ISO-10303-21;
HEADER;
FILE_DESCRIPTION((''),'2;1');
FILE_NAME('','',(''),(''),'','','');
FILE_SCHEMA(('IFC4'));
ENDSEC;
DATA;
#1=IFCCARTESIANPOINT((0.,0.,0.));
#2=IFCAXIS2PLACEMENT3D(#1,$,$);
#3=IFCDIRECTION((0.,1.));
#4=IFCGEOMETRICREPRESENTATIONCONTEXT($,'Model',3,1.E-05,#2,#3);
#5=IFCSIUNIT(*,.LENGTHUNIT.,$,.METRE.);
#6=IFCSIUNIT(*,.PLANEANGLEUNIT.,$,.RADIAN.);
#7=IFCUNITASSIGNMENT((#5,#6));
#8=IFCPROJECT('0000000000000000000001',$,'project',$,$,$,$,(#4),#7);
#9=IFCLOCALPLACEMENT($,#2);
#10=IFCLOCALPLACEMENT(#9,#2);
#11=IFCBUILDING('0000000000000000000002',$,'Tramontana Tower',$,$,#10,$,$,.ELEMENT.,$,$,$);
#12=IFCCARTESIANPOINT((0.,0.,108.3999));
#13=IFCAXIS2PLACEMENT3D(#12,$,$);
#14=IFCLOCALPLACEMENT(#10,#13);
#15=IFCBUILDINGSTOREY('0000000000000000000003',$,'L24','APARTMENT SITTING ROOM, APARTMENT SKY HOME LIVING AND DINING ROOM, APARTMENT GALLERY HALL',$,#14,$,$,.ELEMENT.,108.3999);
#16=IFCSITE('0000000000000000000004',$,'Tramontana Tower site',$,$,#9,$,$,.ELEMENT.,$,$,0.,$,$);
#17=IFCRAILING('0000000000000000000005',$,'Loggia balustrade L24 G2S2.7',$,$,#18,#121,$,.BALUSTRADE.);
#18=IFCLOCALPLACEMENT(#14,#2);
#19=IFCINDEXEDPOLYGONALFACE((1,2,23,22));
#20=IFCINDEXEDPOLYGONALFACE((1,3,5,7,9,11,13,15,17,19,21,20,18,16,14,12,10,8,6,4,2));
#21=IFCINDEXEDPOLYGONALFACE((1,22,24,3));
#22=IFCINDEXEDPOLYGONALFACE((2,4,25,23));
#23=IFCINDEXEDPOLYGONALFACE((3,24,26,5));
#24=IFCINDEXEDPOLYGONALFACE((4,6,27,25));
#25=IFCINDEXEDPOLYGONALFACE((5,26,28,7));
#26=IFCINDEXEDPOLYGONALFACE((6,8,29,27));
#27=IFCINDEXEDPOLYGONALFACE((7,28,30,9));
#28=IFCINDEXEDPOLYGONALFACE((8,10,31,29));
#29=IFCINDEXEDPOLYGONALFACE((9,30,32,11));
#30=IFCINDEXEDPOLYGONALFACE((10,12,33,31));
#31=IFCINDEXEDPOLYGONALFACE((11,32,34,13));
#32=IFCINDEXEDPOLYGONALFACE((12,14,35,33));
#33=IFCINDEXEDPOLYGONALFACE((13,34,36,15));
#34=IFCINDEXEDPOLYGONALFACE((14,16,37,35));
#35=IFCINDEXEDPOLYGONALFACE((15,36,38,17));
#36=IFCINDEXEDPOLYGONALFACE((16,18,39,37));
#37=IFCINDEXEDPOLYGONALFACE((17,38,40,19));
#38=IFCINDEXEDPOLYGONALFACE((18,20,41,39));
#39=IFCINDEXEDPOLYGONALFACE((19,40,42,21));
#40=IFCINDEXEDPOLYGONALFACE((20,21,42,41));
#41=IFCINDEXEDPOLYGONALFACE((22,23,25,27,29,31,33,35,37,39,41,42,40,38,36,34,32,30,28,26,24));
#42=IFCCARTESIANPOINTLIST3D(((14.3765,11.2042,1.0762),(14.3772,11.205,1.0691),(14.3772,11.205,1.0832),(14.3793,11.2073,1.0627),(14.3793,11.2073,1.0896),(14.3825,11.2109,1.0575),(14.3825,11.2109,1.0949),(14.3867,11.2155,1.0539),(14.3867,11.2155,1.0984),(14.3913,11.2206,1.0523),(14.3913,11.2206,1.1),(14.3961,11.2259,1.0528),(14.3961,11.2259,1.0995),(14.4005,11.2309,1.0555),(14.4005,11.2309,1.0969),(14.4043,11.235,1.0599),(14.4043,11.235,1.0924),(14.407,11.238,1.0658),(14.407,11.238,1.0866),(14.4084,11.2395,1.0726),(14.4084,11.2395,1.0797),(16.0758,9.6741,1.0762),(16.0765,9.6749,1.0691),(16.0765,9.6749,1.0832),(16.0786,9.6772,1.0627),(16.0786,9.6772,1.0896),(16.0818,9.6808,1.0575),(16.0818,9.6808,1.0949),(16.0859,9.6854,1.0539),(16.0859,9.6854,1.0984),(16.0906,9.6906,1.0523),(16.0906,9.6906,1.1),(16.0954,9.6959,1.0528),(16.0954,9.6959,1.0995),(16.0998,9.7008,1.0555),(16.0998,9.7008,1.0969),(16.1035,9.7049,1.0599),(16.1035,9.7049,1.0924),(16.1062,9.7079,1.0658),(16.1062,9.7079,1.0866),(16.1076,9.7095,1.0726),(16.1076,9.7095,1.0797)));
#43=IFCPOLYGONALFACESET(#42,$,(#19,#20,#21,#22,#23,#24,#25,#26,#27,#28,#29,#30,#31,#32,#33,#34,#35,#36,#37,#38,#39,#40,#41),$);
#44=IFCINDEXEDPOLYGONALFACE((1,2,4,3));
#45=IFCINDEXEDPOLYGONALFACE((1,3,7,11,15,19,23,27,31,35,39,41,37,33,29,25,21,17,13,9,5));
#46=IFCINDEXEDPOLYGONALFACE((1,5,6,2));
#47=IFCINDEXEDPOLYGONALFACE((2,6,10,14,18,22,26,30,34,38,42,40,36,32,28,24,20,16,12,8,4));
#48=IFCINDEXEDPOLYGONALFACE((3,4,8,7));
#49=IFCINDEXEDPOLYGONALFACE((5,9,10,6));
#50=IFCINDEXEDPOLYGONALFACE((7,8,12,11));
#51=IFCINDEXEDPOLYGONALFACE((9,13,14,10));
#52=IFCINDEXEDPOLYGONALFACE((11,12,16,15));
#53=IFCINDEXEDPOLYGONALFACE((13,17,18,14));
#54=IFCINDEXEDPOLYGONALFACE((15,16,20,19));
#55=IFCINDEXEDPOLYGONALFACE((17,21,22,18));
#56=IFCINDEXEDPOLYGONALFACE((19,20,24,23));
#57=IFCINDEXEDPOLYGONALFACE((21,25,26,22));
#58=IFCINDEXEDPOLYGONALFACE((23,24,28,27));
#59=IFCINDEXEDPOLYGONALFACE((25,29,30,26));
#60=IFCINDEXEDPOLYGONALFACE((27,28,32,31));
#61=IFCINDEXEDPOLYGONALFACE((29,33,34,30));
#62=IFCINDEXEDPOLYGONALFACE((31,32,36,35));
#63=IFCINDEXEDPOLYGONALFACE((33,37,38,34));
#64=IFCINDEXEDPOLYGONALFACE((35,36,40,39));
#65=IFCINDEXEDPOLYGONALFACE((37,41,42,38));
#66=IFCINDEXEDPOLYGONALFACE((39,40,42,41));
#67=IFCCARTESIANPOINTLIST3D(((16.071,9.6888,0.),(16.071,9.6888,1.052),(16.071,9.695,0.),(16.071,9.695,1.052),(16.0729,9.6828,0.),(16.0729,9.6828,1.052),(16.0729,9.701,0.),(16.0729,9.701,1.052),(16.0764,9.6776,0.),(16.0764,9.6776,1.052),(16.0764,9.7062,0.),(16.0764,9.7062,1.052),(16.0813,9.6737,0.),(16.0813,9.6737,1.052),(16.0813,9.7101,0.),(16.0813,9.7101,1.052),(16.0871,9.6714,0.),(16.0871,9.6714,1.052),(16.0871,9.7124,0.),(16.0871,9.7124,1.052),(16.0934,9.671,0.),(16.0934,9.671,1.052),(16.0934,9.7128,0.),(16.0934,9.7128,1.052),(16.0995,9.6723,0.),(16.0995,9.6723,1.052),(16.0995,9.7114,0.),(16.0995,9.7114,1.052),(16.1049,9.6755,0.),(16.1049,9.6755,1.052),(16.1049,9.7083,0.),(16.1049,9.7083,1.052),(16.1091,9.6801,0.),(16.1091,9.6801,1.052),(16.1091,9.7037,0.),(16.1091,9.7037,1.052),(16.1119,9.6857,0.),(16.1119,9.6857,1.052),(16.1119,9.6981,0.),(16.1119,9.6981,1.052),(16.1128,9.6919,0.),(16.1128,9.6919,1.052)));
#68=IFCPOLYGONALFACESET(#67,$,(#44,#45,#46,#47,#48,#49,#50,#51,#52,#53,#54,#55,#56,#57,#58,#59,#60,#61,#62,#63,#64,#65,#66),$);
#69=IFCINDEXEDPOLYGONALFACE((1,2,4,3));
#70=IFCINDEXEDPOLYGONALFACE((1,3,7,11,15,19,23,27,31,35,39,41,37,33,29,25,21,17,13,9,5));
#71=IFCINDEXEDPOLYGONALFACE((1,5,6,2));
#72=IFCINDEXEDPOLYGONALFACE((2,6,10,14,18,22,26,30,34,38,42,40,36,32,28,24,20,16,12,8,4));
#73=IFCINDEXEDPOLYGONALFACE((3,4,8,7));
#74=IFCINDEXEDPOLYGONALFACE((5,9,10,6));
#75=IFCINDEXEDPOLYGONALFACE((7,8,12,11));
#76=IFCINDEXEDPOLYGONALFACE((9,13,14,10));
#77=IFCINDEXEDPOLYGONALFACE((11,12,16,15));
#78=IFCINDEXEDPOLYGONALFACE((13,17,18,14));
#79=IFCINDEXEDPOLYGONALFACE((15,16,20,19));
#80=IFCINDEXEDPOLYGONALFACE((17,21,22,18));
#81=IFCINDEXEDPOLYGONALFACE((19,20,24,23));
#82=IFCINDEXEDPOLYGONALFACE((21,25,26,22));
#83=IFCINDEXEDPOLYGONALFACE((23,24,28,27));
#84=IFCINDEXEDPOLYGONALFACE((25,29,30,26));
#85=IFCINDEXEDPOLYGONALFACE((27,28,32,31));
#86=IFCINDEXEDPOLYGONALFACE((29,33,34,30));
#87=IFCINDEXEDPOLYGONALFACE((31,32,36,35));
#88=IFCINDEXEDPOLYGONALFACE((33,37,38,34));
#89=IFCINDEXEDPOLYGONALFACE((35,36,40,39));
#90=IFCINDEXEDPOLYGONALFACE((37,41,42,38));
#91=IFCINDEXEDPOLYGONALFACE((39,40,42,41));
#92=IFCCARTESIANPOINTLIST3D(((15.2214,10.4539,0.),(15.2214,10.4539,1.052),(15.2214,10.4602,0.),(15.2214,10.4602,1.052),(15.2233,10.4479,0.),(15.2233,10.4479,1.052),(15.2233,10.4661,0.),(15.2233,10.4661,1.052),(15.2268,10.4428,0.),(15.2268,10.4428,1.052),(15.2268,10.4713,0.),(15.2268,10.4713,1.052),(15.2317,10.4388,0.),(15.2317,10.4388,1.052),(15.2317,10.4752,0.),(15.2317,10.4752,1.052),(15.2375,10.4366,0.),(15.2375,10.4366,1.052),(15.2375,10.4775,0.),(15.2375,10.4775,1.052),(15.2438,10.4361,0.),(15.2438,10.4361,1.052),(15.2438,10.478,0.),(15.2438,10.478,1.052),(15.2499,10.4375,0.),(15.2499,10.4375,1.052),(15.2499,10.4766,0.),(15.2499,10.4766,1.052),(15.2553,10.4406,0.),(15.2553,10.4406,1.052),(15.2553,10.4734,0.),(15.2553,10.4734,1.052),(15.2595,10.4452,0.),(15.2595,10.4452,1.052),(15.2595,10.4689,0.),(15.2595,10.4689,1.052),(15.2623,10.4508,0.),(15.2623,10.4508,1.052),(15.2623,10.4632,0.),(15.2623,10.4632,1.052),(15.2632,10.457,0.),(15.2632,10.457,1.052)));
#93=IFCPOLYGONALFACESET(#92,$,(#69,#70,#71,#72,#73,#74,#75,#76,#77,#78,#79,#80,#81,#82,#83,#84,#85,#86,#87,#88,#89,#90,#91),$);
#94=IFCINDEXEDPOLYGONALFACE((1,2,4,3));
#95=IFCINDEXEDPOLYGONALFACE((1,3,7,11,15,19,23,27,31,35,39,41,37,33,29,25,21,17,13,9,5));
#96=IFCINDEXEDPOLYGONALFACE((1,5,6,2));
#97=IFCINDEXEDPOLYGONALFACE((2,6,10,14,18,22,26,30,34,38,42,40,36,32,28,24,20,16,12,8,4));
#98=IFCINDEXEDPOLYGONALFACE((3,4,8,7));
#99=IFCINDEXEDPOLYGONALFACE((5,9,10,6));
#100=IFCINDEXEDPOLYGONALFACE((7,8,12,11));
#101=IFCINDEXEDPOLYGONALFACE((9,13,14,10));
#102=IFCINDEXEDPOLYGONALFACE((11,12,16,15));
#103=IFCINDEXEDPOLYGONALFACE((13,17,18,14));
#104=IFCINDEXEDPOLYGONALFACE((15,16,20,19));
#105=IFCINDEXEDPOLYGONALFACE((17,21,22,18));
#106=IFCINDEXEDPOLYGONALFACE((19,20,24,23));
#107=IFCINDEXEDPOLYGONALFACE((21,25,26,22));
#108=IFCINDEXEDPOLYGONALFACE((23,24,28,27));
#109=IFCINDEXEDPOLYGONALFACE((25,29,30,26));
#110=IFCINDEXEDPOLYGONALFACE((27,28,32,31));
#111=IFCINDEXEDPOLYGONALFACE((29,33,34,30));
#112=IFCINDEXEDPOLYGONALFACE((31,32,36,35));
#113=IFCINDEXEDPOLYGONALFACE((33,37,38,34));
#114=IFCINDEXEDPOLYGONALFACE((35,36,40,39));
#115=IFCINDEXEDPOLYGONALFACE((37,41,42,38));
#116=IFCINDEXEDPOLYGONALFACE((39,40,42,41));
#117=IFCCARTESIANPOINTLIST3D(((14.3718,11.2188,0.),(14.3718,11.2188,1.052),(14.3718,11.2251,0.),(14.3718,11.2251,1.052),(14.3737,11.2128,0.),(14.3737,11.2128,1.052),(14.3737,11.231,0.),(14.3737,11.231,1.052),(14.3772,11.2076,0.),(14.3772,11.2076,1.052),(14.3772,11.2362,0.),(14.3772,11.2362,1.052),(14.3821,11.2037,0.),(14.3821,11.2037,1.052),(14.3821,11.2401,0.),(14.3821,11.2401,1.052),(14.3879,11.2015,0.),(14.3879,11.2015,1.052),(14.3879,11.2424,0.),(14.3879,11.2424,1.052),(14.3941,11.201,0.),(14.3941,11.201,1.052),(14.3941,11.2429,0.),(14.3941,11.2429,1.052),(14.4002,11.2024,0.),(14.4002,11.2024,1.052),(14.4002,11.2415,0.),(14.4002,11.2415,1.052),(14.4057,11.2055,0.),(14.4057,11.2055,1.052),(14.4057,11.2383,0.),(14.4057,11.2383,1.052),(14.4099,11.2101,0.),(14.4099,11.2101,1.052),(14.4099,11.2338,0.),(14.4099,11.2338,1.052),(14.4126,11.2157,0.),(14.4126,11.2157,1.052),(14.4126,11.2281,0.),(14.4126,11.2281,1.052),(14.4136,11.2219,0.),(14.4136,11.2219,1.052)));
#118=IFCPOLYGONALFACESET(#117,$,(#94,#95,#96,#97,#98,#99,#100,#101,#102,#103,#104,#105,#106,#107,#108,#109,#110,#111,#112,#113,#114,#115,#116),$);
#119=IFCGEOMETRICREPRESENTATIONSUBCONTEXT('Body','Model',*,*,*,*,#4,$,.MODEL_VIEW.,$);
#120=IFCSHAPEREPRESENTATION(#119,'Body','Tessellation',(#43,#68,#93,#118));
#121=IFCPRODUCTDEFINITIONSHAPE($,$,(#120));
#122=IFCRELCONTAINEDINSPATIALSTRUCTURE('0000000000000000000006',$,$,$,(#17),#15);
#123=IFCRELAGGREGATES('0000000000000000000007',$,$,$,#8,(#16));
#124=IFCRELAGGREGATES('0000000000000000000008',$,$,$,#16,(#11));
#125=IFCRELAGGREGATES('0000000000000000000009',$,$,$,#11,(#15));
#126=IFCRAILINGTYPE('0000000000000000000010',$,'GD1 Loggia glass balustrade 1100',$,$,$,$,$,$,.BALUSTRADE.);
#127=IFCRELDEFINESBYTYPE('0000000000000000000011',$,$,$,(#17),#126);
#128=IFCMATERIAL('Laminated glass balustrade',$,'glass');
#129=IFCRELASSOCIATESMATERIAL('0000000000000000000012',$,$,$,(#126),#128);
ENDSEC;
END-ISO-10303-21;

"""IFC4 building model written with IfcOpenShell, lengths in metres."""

from ifc_helpers import new_model, si_unit, direction, frame, origin, origin_2d, place, context, subcontext, project, spatial, circle, extrude, material, type_object, element, save


model = new_model("IFC4")

# Units and contexts
model_context = context("Model", 3, precision=1e-05, world=origin(), true_north=direction((0.0, 1.0)))
body_context = subcontext(model_context, "Body", "Model", "MODEL_VIEW")
ifc_project = project(units=[si_unit("LENGTHUNIT", "METRE"), si_unit("PLANEANGLEUNIT", "RADIAN")], contexts=[model_context])

# Site, building, storey
site_placement = place(None, origin())
site = spatial("IfcSite", under=ifc_project, at=site_placement, Name="Tramontana Tower site", CompositionType="ELEMENT", RefElevation=0.0)
building_placement = place(site_placement, origin())
building = spatial("IfcBuilding", under=site, at=building_placement, Name="Tramontana Tower", CompositionType="ELEMENT")
storey_placement = place(building_placement, frame((0.0, 0.0, 108.3999)))
storey = spatial("IfcBuildingStorey", under=building, at=storey_placement, Name="L24", Description="APARTMENT SITTING ROOM, APARTMENT SKY HOME LIVING AND DINING ROOM, APARTMENT GALLERY HALL", CompositionType="ELEMENT", Elevation=108.3999)

# Railing
ifc_material_1 = material(Name="Laminated glass balustrade", Category="glass")
railing_type = type_object("IfcRailingType", Name="GD1 Loggia glass balustrade 1100", PredefinedType="BALUSTRADE", material=ifc_material_1)
for number, where, name in (
    (1, (16.0918, 9.6919, 0.0), "Loggia balustrade L24 G2S2.7"),
):
    element("IfcRailing", number, at=place(storey_placement, frame(where)), inside=storey, type_object=railing_type, Name=name, PredefinedType="BALUSTRADE", context=body_context, shape_type="SweptSolid", body=[
        extrude(circle(Radius=0.0239, at=origin_2d()), frame((0.0, 0.0, 1.0762), z_axis=(-0.743135, 0.669142, 0.0), x_axis=(-0.669142, -0.743135, 0.0)), (0.0, 0.0, 1.0), 2.2866),
        extrude(circle(Radius=0.021, at=origin_2d()), origin(), (0.0, 0.0, 1.0), 1.052),
        extrude(circle(Radius=0.021, at=origin_2d()), frame((-0.8496, 0.7651, 0.0)), (0.0, 0.0, 1.0), 1.052),
        extrude(circle(Radius=0.021, at=origin_2d()), frame((-1.6992, 1.53, 0.0)), (0.0, 0.0, 1.0), 1.052),
    ])

save(model, "model.ifc")
